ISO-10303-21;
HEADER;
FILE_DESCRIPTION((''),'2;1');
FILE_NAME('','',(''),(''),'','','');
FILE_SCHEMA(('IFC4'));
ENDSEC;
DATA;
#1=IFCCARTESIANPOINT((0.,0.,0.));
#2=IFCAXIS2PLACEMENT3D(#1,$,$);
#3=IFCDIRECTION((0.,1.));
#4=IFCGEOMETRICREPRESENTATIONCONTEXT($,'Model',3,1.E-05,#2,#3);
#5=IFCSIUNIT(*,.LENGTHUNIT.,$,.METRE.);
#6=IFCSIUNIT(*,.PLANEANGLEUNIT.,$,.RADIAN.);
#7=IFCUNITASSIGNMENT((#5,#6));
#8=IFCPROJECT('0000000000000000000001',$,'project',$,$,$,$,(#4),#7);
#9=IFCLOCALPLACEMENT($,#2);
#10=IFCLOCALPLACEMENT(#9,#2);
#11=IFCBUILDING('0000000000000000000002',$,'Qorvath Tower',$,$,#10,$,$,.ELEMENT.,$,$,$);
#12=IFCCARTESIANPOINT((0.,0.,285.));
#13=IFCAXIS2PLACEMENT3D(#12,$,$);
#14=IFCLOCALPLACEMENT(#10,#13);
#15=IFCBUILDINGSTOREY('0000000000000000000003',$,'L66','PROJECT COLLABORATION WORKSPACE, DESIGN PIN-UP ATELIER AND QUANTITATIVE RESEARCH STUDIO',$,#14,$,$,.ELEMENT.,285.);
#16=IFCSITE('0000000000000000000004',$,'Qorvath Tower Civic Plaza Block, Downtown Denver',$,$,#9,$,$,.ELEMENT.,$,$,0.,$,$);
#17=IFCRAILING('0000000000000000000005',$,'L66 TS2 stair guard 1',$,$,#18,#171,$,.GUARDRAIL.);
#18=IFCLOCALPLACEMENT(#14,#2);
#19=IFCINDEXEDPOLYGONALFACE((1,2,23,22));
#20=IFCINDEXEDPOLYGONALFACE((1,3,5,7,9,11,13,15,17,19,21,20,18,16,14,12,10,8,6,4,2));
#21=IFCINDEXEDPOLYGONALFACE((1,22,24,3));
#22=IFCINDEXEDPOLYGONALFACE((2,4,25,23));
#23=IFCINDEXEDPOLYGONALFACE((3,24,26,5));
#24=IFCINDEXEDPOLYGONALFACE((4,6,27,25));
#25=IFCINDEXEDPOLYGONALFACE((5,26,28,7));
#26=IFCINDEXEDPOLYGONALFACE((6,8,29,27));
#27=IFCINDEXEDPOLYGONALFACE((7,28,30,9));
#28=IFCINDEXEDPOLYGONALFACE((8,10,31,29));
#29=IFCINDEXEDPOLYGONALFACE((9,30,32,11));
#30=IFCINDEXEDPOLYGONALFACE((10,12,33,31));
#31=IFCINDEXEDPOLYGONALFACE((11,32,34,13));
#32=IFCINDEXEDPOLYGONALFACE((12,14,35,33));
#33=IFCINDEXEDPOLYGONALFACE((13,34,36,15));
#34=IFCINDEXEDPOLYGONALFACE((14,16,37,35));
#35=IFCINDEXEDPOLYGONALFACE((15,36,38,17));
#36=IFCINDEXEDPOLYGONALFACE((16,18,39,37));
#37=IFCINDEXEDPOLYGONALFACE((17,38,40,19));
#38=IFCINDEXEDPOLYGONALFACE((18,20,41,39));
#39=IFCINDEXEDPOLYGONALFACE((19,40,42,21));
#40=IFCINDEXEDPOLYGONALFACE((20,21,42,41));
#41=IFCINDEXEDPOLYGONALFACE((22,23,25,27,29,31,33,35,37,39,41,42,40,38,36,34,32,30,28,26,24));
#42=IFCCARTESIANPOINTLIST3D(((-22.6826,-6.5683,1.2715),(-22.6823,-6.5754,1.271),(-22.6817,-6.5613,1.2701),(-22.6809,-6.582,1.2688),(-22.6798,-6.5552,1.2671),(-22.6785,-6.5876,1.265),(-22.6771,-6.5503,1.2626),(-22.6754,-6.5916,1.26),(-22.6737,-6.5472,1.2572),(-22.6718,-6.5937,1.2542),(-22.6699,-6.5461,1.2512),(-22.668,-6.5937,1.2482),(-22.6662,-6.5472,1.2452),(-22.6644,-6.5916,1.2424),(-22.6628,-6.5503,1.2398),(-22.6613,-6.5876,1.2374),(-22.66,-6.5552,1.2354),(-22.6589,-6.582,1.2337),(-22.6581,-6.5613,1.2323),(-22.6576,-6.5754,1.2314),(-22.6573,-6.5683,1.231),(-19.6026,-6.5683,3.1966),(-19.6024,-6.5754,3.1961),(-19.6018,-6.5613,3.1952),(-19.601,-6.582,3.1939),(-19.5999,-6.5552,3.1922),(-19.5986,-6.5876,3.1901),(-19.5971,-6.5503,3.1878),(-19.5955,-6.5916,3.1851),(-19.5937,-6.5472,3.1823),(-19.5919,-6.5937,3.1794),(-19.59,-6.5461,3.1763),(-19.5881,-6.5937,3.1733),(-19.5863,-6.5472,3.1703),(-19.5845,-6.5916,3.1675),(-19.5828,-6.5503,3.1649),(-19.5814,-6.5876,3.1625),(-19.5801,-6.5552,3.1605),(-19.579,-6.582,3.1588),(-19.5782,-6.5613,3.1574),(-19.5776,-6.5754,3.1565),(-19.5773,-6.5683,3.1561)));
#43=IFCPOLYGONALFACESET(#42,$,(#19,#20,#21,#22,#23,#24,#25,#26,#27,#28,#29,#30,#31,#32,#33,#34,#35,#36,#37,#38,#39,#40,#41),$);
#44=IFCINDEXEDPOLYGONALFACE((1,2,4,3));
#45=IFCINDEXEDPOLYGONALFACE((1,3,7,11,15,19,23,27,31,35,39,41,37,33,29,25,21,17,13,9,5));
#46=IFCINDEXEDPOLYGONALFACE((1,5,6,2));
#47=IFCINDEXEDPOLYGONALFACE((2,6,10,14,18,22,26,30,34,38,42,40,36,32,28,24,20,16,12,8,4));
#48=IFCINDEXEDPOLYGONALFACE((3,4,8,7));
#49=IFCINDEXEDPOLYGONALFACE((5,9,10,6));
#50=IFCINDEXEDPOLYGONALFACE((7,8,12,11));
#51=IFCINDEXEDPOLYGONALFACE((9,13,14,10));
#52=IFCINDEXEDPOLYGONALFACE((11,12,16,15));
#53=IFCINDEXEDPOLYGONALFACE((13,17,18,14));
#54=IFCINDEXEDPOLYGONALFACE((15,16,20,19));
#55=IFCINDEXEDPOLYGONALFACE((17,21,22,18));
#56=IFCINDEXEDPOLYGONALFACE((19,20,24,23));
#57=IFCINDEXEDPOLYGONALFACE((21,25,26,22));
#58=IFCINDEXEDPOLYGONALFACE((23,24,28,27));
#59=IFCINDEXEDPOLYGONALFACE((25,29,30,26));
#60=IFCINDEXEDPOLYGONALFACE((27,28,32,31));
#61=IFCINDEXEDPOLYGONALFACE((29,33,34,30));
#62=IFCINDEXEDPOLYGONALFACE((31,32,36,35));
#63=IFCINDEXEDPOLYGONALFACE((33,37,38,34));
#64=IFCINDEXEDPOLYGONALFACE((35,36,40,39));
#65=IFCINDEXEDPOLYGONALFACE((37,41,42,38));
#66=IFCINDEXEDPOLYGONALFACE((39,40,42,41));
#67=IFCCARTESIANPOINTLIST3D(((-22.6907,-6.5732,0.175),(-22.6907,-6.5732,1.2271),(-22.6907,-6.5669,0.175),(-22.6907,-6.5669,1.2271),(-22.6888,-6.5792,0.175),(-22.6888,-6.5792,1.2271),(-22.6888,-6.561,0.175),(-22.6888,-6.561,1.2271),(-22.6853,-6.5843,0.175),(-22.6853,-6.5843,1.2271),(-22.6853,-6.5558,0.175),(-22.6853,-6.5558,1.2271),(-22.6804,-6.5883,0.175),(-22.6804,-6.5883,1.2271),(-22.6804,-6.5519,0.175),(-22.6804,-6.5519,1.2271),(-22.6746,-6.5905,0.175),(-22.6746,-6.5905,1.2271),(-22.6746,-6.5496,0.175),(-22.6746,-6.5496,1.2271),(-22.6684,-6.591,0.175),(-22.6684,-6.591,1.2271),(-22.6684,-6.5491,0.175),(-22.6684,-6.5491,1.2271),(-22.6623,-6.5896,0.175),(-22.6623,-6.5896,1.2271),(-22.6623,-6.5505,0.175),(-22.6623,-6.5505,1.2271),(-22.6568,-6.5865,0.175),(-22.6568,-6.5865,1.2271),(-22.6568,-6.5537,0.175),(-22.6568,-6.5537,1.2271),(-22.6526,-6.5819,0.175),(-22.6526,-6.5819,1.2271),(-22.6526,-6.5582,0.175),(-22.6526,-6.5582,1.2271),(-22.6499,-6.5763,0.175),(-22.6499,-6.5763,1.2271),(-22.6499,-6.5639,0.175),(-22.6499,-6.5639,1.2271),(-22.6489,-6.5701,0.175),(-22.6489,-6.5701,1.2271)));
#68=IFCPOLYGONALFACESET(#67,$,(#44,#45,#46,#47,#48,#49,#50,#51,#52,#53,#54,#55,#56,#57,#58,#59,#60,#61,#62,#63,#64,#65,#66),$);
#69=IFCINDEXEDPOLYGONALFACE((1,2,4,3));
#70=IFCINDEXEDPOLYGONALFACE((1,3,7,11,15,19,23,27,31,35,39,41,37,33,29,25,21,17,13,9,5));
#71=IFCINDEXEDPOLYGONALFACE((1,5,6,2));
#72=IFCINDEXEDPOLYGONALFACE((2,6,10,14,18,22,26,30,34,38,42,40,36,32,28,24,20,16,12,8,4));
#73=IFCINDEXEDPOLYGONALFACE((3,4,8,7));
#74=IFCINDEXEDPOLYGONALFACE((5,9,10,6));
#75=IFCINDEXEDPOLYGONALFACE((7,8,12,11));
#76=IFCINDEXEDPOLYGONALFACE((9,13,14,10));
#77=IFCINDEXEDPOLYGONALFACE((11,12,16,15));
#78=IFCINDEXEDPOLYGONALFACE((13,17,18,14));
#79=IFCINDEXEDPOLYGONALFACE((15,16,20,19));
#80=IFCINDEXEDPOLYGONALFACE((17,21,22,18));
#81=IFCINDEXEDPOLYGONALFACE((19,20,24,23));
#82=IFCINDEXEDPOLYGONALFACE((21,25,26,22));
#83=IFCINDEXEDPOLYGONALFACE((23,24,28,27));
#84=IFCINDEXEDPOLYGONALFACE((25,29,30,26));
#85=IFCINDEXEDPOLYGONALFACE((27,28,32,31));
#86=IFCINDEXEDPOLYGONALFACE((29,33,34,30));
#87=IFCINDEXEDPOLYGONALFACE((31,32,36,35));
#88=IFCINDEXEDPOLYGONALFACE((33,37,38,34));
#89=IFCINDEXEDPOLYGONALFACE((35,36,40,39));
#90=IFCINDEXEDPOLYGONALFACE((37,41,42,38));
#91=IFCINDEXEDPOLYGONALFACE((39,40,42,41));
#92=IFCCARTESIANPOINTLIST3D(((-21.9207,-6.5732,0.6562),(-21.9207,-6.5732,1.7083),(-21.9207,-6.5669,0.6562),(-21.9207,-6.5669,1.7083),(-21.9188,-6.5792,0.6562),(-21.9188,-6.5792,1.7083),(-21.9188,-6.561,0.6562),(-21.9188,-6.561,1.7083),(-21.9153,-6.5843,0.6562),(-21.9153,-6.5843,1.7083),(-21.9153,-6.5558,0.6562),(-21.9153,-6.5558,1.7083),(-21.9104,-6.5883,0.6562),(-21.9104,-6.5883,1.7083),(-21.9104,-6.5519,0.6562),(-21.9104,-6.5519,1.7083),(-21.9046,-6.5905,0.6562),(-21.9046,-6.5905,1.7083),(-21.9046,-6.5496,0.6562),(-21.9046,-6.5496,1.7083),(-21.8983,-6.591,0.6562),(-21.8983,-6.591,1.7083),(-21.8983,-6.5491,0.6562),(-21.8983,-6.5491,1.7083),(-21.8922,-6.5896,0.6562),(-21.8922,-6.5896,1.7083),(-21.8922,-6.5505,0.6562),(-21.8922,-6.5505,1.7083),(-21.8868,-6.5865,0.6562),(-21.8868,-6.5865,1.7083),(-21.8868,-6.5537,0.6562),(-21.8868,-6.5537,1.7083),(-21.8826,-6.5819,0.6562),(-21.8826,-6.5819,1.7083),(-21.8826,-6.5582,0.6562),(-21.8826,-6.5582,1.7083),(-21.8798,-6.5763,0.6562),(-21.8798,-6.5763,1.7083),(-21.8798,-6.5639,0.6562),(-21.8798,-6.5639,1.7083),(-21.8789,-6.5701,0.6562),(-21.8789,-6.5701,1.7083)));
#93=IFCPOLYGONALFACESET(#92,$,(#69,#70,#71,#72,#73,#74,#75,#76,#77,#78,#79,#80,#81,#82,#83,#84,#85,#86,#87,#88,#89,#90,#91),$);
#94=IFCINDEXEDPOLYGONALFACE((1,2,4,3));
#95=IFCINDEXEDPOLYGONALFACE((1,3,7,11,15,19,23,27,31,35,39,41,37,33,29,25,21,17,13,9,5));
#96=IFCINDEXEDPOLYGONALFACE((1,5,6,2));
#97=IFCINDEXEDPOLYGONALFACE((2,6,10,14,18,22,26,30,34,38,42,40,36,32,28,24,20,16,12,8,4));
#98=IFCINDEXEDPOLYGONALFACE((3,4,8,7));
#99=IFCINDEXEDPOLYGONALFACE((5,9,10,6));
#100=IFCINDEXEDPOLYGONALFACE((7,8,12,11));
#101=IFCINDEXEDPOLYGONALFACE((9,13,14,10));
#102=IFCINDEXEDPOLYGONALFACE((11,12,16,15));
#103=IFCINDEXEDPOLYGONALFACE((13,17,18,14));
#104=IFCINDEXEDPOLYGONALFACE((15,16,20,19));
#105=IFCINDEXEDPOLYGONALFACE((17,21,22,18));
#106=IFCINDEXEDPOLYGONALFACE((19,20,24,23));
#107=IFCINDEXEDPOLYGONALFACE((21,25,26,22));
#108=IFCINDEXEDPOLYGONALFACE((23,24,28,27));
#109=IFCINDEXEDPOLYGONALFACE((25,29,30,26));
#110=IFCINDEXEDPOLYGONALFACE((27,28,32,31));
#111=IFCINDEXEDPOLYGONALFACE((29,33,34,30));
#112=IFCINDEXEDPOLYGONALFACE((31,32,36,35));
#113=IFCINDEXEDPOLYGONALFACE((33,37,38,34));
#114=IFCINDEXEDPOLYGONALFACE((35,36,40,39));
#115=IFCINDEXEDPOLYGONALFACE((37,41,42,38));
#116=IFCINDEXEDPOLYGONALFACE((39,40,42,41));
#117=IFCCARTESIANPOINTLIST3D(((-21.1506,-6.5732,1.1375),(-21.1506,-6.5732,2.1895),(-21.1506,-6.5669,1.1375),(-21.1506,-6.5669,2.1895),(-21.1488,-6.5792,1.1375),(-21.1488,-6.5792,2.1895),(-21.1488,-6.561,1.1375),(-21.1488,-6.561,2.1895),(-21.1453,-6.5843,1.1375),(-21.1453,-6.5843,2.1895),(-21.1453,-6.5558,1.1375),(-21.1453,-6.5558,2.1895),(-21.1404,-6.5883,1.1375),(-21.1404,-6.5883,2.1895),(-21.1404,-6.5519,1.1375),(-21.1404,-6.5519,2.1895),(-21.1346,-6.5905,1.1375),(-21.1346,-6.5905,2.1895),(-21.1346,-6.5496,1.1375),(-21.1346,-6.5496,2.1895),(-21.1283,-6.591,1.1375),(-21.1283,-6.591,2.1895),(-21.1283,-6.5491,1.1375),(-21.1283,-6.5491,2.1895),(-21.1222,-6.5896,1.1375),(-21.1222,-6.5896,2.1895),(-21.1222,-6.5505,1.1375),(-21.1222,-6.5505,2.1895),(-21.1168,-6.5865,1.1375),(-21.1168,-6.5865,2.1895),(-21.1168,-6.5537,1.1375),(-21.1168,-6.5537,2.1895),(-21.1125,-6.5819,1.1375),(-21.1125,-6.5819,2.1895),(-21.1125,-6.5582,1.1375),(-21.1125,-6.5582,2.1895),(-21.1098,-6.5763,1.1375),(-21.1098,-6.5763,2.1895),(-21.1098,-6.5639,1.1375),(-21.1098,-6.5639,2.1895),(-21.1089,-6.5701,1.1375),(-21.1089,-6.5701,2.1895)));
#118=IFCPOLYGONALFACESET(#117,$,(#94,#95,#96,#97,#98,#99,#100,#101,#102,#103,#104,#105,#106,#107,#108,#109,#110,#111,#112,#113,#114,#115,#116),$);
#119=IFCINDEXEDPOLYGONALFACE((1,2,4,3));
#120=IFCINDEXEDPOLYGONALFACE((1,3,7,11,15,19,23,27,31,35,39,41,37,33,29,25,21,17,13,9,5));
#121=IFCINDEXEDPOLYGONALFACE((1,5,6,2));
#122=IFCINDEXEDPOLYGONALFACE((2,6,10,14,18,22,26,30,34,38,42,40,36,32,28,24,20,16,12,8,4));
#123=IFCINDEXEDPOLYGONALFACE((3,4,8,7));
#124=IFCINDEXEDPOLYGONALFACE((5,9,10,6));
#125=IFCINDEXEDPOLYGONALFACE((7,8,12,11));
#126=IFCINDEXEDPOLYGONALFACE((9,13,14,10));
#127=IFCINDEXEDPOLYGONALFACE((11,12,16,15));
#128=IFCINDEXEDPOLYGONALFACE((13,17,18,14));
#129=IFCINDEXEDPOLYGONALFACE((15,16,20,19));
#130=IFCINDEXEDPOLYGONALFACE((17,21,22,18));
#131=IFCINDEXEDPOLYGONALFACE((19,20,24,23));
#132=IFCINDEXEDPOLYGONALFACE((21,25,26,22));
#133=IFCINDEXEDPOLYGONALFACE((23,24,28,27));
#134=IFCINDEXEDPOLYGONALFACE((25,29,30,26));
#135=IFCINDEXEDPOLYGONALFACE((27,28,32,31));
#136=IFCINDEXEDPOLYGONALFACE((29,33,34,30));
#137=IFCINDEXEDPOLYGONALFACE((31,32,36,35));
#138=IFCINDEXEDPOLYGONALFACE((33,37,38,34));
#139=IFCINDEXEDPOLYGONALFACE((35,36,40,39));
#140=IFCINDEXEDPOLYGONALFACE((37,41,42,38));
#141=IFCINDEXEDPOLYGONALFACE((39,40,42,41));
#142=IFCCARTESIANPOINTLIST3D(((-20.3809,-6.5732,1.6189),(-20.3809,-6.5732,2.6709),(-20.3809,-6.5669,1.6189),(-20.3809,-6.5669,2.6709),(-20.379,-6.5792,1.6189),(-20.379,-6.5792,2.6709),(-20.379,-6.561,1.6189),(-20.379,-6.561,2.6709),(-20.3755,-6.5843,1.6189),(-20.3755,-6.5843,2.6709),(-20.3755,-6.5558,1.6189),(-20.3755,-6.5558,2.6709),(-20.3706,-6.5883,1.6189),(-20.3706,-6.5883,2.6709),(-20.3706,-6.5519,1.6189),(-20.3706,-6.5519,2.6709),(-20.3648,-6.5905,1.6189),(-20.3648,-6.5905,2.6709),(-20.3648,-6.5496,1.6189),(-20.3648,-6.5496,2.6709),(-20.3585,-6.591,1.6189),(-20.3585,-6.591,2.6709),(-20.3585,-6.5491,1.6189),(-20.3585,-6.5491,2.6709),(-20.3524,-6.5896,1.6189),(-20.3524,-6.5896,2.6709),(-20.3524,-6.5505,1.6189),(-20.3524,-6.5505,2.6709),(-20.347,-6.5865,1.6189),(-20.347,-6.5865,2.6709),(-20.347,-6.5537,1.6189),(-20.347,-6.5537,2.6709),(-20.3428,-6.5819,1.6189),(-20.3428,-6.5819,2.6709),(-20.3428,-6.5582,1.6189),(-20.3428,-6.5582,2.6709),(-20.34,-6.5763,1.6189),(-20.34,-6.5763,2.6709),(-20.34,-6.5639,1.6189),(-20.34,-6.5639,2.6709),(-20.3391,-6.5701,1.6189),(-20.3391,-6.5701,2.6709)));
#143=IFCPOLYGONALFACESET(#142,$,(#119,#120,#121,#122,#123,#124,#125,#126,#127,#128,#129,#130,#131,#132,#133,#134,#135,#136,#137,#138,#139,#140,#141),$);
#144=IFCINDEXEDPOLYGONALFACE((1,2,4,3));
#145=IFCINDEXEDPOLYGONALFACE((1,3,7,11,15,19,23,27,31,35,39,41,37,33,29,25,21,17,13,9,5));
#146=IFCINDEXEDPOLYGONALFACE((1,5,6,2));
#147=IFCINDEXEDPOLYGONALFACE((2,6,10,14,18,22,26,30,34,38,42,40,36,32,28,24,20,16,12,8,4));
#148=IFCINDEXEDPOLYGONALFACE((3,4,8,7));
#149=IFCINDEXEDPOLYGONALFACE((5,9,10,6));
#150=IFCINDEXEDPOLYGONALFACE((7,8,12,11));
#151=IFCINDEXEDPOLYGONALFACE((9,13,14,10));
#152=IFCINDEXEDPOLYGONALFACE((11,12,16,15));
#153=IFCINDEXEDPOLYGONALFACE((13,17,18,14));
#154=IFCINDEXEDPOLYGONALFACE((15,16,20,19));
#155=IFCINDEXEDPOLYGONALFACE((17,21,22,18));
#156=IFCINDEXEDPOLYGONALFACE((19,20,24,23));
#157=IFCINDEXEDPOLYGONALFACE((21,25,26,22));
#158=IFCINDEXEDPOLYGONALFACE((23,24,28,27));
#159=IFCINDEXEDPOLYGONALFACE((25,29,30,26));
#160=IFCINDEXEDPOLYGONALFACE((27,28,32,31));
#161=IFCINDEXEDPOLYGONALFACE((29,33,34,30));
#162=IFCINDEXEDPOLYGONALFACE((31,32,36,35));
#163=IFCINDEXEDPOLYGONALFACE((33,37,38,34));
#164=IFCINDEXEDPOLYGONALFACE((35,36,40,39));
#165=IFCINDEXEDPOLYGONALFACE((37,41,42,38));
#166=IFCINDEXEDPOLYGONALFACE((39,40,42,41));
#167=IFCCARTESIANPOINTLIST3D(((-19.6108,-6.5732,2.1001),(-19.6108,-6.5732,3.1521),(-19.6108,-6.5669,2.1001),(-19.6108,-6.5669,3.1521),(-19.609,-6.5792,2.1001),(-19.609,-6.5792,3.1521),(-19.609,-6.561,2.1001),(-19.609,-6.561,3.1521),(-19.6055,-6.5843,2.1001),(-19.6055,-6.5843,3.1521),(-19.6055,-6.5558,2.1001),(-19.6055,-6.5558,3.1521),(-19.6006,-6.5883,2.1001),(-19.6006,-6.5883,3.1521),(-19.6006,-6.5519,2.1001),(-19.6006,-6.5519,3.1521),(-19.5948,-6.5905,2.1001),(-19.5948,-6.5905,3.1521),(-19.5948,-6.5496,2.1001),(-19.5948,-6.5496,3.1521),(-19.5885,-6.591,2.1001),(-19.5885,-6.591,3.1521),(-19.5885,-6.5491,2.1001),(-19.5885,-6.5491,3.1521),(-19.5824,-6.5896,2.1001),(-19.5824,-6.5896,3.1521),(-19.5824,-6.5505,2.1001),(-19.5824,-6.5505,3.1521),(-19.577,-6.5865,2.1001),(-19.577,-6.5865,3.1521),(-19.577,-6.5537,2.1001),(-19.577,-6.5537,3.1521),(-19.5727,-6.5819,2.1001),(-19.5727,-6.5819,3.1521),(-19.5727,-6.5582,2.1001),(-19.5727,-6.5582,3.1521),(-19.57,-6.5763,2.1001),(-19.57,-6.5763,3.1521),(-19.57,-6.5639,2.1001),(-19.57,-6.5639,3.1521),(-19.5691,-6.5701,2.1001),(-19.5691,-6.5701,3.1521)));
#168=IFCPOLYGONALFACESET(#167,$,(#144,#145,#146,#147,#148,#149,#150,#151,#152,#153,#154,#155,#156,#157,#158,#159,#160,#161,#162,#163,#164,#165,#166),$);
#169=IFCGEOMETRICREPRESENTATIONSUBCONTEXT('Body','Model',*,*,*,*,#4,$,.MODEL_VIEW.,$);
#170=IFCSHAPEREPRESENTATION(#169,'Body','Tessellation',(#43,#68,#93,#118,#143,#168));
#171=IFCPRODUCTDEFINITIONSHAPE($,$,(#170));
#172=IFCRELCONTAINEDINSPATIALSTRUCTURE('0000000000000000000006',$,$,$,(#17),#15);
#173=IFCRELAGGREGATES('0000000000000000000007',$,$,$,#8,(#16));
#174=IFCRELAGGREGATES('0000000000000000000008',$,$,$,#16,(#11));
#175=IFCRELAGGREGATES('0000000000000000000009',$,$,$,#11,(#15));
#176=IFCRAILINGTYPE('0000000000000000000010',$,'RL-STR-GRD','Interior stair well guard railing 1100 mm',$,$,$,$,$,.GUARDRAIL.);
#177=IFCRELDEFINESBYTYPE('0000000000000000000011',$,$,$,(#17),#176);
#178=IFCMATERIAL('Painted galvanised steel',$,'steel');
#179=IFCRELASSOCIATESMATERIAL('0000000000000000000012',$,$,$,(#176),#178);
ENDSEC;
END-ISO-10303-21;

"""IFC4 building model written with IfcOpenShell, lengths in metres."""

from ifc_helpers import new_model, si_unit, direction, frame, origin, origin_2d, place, context, subcontext, project, spatial, circle, extrude, material, type_object, element, save


model = new_model("IFC4")

# Units and contexts
model_context = context("Model", 3, precision=1e-05, world=origin(), true_north=direction((0.0, 1.0)))
body_context = subcontext(model_context, "Body", "Model", "MODEL_VIEW")
ifc_project = project(units=[si_unit("LENGTHUNIT", "METRE"), si_unit("PLANEANGLEUNIT", "RADIAN")], contexts=[model_context])

# Site, building, storey
site_placement = place(None, origin())
site = spatial("IfcSite", under=ifc_project, at=site_placement, Name="Qorvath Tower Civic Plaza Block, Downtown Denver", CompositionType="ELEMENT", RefElevation=0.0)
building_placement = place(site_placement, origin())
building = spatial("IfcBuilding", under=site, at=building_placement, Name="Qorvath Tower", CompositionType="ELEMENT")
storey_placement = place(building_placement, frame((0.0, 0.0, 285.0)))
storey = spatial("IfcBuildingStorey", under=building, at=storey_placement, Name="L66", Description="PROJECT COLLABORATION WORKSPACE, DESIGN PIN-UP ATELIER AND QUANTITATIVE RESEARCH STUDIO", CompositionType="ELEMENT", Elevation=285.0)

# Railing
ifc_material_1 = material(Name="Painted galvanised steel", Category="steel")
railing_type_1 = type_object("IfcRailingType", Name="RL-STR-GRD", Description="Interior stair well guard railing 1100 mm", PredefinedType="GUARDRAIL", material=ifc_material_1)
railing_1_placement = place(storey_placement, frame((-22.6699, -6.5701, 0.175)))
element("IfcRailing", 1, at=railing_1_placement, inside=storey, type_object=railing_type_1, Name="L66 TS2 stair guard 1", PredefinedType="GUARDRAIL", context=body_context, shape_type="SweptSolid", body=[
    extrude(circle(Radius=0.0239, at=origin_2d()), frame((0.0, 0.0, 1.0762), z_axis=(0.847979, 0.0, 0.530029), x_axis=(0.0, 1.0, 0.0)), (0.0, 0.0, 1.0), 3.6321),
    extrude(circle(Radius=0.021, at=origin_2d()), origin(), (0.0, 0.0, 1.0), 1.052),
    extrude(circle(Radius=0.021, at=origin_2d()), frame((0.77, 0.0, 0.4812)), (0.0, 0.0, 1.0), 1.052),
    extrude(circle(Radius=0.021, at=origin_2d()), frame((1.54, 0.0, 0.9624)), (0.0, 0.0, 1.0), 1.052),
    extrude(circle(Radius=0.021, at=origin_2d()), frame((2.3098, 0.0, 1.4438)), (0.0, 0.0, 1.0), 1.052),
    extrude(circle(Radius=0.021, at=origin_2d()), frame((3.0798, 0.0, 1.925)), (0.0, 0.0, 1.0), 1.052),
])

save(model, "model.ifc")
